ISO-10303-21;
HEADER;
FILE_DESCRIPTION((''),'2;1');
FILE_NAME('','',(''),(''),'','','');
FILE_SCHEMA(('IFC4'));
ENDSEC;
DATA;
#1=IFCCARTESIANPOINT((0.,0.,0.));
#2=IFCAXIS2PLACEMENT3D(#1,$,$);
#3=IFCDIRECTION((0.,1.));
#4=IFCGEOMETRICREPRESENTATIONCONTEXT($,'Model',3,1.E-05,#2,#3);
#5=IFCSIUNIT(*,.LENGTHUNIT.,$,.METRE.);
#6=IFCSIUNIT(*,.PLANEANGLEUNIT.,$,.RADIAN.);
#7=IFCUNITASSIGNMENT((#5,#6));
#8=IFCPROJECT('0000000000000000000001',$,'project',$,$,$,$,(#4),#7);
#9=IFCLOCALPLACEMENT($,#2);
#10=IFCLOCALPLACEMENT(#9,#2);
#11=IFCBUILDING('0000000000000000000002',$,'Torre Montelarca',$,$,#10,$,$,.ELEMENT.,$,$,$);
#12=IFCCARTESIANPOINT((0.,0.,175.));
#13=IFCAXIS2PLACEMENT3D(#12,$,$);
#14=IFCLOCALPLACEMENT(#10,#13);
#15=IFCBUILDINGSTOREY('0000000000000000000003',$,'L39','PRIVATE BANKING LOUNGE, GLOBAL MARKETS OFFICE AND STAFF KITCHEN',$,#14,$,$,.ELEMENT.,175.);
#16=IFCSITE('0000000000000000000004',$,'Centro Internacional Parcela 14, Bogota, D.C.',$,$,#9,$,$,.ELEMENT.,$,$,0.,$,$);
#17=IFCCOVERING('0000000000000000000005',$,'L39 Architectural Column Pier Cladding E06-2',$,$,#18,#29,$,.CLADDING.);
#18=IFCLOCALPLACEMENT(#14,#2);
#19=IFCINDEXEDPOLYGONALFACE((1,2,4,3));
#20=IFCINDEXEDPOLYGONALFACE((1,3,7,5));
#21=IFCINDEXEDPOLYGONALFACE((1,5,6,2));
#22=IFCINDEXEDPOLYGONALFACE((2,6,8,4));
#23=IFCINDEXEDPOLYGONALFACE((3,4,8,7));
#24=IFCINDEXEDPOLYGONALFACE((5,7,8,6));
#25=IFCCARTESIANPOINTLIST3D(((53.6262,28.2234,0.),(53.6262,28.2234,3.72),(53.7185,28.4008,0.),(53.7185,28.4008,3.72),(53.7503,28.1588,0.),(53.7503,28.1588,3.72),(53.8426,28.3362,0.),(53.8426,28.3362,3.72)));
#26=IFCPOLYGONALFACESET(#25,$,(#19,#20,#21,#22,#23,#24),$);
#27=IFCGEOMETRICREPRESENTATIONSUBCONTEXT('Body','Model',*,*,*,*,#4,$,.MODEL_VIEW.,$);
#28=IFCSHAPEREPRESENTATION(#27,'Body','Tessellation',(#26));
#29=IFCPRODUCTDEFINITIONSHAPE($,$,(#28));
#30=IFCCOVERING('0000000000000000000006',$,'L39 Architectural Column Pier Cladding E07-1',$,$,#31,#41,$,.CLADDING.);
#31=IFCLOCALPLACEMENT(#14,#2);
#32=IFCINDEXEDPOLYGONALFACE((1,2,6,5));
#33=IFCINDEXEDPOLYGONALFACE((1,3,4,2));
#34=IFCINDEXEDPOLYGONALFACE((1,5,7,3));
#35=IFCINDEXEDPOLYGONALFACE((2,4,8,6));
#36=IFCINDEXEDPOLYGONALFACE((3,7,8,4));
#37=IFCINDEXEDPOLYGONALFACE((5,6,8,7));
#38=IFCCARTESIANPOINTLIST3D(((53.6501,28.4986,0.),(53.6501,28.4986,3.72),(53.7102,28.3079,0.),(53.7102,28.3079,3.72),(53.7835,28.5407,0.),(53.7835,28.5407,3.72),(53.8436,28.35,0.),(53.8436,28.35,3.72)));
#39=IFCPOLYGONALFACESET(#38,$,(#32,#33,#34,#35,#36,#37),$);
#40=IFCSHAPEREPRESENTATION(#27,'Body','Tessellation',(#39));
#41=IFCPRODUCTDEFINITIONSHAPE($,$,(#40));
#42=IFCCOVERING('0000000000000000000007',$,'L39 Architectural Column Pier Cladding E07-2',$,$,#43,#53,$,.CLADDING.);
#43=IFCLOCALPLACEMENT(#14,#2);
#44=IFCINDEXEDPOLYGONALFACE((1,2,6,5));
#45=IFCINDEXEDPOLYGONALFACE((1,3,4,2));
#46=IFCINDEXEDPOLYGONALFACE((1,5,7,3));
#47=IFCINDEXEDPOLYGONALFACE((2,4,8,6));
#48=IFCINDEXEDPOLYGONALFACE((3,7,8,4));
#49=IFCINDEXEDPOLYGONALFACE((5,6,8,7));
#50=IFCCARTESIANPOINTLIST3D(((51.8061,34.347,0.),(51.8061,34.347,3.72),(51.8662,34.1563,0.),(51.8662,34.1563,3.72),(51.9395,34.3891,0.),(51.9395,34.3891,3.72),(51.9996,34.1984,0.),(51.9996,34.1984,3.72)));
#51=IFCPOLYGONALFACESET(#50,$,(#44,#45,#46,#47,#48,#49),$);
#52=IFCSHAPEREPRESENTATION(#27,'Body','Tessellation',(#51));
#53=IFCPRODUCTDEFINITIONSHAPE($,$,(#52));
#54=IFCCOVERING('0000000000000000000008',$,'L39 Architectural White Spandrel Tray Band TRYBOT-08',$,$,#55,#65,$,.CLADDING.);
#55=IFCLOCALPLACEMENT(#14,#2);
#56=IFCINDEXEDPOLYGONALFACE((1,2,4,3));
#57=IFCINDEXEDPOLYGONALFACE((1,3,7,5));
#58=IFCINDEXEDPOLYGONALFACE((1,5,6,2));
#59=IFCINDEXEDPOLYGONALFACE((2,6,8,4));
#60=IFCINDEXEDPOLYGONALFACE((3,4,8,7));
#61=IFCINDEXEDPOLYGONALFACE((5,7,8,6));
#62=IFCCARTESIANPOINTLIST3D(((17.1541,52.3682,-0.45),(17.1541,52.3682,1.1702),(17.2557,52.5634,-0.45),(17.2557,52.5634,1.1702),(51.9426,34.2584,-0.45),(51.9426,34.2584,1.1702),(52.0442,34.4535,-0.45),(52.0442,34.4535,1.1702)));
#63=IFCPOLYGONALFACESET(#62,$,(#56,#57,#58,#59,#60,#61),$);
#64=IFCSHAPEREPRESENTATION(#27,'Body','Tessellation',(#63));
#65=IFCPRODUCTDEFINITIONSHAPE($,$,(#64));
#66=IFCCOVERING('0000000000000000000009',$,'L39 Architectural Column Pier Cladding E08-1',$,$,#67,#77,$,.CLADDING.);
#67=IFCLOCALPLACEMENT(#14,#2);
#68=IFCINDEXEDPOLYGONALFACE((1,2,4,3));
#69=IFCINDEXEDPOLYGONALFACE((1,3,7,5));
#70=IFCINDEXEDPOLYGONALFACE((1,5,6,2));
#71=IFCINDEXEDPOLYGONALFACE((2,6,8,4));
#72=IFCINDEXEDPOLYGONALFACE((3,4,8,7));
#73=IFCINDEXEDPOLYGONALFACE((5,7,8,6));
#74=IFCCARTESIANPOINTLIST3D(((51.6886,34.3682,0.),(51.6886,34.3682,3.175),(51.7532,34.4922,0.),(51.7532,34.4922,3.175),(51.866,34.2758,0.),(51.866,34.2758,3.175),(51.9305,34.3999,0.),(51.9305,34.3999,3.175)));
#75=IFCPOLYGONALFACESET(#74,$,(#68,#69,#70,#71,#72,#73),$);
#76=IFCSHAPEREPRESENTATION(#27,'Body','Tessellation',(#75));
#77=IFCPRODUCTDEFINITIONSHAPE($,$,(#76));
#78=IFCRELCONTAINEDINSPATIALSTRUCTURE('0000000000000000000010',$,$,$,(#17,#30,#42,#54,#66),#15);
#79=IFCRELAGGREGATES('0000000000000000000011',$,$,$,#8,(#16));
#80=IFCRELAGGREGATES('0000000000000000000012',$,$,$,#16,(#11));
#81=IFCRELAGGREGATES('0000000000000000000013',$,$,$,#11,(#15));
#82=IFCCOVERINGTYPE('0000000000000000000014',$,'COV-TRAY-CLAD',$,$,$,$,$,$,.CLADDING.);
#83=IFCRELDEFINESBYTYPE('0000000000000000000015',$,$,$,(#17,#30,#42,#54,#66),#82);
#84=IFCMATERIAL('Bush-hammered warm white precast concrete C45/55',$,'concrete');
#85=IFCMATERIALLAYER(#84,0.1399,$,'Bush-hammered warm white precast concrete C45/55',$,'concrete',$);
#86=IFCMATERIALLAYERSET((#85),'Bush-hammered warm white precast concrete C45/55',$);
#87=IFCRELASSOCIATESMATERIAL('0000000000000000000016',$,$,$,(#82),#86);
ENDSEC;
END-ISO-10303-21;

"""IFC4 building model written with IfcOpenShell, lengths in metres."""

from ifc_helpers import new_model, si_unit, direction, frame, origin, origin_2d, place, context, subcontext, project, spatial, rectangle, extrude, source, transform, mapped, material, layer, layer_set, type_object, element, save


model = new_model("IFC4")

# Units and contexts
model_context = context("Model", 3, precision=1e-05, world=origin(), true_north=direction((0.0, 1.0)))
body_context = subcontext(model_context, "Body", "Model", "MODEL_VIEW")
ifc_project = project(units=[si_unit("LENGTHUNIT", "METRE"), si_unit("PLANEANGLEUNIT", "RADIAN")], contexts=[model_context])

# Site, building, storey
site_placement = place(None, origin())
site = spatial("IfcSite", under=ifc_project, at=site_placement, Name="Centro Internacional Parcela 14, Bogota, D.C.", CompositionType="ELEMENT", RefElevation=0.0)
building_placement = place(site_placement, origin())
building = spatial("IfcBuilding", under=site, at=building_placement, Name="Torre Montelarca", CompositionType="ELEMENT")
storey_placement = place(building_placement, frame((0.0, 0.0, 175.0)))
storey = spatial("IfcBuildingStorey", under=building, at=storey_placement, Name="L39", Description="PRIVATE BANKING LOUNGE, GLOBAL MARKETS OFFICE AND STAFF KITCHEN", CompositionType="ELEMENT", Elevation=175.0)

# Coverings
ifc_material_1 = material(Name="Bush-hammered warm white precast concrete C45/55", Category="concrete")
ifc_layer_1 = layer(ifc_material_1, 0.1399, Name="Bush-hammered warm white precast concrete C45/55", Category="concrete")
ifc_layer_set_1 = layer_set([ifc_layer_1], Name="Bush-hammered warm white precast concrete C45/55")
covering_type = type_object("IfcCoveringType", Name="COV-TRAY-CLAD", PredefinedType="CLADDING", material=ifc_layer_set_1)
shared_shape_1 = source(origin(), body_context, "Body", "SweptSolid", [
    extrude(rectangle(XDim=0.2, YDim=0.1399, at=origin_2d()), origin(), (0.0, 0.0, 1.0), 3.72),
])
for number, where, z_axis, x_axis, name in (
    (1, (53.7344, 28.2798, 0.0), (0.0, 0.0, 1.0), (0.461744, 0.887013, 0.0), "L39 Architectural Column Pier Cladding E06-2"),
    (2, (53.7468, 28.4243, 0.0), (0.0, 0.0, 1.0), (-0.300706, 0.953717, 0.0), "L39 Architectural Column Pier Cladding E07-1"),
    (3, (51.9028, 34.2727, 0.0), (0.0, 0.0, 1.0), (-0.300706, 0.953717, 0.0), "L39 Architectural Column Pier Cladding E07-2"),
):
    element("IfcCovering", number, at=place(storey_placement, frame(where, z_axis=z_axis, x_axis=x_axis)), inside=storey, type_object=covering_type, Name=name, PredefinedType="CLADDING", context=body_context, shape_type="MappedRepresentation", body=[
        mapped(shared_shape_1, transform((0.0, 0.0, 0.0), scale=1.0)),
    ])
shared_shape_2 = source(origin(), body_context, "Body", "SweptSolid", [
    extrude(rectangle(XDim=39.22, YDim=0.22, at=origin_2d()), origin(), (0.0, 0.0, 1.0), 1.6201),
])
covering_1_placement = place(storey_placement, frame((34.5991, 43.4109, -0.45), z_axis=(0.0, 0.0, 1.0), x_axis=(-0.88701, 0.46175, 0.0)))
element("IfcCovering", 4, at=covering_1_placement, inside=storey, type_object=covering_type, Name="L39 Architectural White Spandrel Tray Band TRYBOT-08", PredefinedType="CLADDING", context=body_context, shape_type="MappedRepresentation", body=[
    mapped(shared_shape_2, transform((0.0, 0.0, 0.0), scale=1.0)),
])
shared_shape_3 = source(origin(), body_context, "Body", "SweptSolid", [
    extrude(rectangle(XDim=0.2, YDim=0.1399, at=origin_2d()), origin(), (0.0, 0.0, 1.0), 3.175),
])
covering_2_placement = place(storey_placement, frame((51.8096, 34.384, 0.0), z_axis=(0.0, 0.0, 1.0), x_axis=(-0.887011, 0.461749, 0.0)))
element("IfcCovering", 5, at=covering_2_placement, inside=storey, type_object=covering_type, Name="L39 Architectural Column Pier Cladding E08-1", PredefinedType="CLADDING", context=body_context, shape_type="MappedRepresentation", body=[
    mapped(shared_shape_3, transform((0.0, 0.0, 0.0), scale=1.0)),
])

save(model, "model.ifc")
